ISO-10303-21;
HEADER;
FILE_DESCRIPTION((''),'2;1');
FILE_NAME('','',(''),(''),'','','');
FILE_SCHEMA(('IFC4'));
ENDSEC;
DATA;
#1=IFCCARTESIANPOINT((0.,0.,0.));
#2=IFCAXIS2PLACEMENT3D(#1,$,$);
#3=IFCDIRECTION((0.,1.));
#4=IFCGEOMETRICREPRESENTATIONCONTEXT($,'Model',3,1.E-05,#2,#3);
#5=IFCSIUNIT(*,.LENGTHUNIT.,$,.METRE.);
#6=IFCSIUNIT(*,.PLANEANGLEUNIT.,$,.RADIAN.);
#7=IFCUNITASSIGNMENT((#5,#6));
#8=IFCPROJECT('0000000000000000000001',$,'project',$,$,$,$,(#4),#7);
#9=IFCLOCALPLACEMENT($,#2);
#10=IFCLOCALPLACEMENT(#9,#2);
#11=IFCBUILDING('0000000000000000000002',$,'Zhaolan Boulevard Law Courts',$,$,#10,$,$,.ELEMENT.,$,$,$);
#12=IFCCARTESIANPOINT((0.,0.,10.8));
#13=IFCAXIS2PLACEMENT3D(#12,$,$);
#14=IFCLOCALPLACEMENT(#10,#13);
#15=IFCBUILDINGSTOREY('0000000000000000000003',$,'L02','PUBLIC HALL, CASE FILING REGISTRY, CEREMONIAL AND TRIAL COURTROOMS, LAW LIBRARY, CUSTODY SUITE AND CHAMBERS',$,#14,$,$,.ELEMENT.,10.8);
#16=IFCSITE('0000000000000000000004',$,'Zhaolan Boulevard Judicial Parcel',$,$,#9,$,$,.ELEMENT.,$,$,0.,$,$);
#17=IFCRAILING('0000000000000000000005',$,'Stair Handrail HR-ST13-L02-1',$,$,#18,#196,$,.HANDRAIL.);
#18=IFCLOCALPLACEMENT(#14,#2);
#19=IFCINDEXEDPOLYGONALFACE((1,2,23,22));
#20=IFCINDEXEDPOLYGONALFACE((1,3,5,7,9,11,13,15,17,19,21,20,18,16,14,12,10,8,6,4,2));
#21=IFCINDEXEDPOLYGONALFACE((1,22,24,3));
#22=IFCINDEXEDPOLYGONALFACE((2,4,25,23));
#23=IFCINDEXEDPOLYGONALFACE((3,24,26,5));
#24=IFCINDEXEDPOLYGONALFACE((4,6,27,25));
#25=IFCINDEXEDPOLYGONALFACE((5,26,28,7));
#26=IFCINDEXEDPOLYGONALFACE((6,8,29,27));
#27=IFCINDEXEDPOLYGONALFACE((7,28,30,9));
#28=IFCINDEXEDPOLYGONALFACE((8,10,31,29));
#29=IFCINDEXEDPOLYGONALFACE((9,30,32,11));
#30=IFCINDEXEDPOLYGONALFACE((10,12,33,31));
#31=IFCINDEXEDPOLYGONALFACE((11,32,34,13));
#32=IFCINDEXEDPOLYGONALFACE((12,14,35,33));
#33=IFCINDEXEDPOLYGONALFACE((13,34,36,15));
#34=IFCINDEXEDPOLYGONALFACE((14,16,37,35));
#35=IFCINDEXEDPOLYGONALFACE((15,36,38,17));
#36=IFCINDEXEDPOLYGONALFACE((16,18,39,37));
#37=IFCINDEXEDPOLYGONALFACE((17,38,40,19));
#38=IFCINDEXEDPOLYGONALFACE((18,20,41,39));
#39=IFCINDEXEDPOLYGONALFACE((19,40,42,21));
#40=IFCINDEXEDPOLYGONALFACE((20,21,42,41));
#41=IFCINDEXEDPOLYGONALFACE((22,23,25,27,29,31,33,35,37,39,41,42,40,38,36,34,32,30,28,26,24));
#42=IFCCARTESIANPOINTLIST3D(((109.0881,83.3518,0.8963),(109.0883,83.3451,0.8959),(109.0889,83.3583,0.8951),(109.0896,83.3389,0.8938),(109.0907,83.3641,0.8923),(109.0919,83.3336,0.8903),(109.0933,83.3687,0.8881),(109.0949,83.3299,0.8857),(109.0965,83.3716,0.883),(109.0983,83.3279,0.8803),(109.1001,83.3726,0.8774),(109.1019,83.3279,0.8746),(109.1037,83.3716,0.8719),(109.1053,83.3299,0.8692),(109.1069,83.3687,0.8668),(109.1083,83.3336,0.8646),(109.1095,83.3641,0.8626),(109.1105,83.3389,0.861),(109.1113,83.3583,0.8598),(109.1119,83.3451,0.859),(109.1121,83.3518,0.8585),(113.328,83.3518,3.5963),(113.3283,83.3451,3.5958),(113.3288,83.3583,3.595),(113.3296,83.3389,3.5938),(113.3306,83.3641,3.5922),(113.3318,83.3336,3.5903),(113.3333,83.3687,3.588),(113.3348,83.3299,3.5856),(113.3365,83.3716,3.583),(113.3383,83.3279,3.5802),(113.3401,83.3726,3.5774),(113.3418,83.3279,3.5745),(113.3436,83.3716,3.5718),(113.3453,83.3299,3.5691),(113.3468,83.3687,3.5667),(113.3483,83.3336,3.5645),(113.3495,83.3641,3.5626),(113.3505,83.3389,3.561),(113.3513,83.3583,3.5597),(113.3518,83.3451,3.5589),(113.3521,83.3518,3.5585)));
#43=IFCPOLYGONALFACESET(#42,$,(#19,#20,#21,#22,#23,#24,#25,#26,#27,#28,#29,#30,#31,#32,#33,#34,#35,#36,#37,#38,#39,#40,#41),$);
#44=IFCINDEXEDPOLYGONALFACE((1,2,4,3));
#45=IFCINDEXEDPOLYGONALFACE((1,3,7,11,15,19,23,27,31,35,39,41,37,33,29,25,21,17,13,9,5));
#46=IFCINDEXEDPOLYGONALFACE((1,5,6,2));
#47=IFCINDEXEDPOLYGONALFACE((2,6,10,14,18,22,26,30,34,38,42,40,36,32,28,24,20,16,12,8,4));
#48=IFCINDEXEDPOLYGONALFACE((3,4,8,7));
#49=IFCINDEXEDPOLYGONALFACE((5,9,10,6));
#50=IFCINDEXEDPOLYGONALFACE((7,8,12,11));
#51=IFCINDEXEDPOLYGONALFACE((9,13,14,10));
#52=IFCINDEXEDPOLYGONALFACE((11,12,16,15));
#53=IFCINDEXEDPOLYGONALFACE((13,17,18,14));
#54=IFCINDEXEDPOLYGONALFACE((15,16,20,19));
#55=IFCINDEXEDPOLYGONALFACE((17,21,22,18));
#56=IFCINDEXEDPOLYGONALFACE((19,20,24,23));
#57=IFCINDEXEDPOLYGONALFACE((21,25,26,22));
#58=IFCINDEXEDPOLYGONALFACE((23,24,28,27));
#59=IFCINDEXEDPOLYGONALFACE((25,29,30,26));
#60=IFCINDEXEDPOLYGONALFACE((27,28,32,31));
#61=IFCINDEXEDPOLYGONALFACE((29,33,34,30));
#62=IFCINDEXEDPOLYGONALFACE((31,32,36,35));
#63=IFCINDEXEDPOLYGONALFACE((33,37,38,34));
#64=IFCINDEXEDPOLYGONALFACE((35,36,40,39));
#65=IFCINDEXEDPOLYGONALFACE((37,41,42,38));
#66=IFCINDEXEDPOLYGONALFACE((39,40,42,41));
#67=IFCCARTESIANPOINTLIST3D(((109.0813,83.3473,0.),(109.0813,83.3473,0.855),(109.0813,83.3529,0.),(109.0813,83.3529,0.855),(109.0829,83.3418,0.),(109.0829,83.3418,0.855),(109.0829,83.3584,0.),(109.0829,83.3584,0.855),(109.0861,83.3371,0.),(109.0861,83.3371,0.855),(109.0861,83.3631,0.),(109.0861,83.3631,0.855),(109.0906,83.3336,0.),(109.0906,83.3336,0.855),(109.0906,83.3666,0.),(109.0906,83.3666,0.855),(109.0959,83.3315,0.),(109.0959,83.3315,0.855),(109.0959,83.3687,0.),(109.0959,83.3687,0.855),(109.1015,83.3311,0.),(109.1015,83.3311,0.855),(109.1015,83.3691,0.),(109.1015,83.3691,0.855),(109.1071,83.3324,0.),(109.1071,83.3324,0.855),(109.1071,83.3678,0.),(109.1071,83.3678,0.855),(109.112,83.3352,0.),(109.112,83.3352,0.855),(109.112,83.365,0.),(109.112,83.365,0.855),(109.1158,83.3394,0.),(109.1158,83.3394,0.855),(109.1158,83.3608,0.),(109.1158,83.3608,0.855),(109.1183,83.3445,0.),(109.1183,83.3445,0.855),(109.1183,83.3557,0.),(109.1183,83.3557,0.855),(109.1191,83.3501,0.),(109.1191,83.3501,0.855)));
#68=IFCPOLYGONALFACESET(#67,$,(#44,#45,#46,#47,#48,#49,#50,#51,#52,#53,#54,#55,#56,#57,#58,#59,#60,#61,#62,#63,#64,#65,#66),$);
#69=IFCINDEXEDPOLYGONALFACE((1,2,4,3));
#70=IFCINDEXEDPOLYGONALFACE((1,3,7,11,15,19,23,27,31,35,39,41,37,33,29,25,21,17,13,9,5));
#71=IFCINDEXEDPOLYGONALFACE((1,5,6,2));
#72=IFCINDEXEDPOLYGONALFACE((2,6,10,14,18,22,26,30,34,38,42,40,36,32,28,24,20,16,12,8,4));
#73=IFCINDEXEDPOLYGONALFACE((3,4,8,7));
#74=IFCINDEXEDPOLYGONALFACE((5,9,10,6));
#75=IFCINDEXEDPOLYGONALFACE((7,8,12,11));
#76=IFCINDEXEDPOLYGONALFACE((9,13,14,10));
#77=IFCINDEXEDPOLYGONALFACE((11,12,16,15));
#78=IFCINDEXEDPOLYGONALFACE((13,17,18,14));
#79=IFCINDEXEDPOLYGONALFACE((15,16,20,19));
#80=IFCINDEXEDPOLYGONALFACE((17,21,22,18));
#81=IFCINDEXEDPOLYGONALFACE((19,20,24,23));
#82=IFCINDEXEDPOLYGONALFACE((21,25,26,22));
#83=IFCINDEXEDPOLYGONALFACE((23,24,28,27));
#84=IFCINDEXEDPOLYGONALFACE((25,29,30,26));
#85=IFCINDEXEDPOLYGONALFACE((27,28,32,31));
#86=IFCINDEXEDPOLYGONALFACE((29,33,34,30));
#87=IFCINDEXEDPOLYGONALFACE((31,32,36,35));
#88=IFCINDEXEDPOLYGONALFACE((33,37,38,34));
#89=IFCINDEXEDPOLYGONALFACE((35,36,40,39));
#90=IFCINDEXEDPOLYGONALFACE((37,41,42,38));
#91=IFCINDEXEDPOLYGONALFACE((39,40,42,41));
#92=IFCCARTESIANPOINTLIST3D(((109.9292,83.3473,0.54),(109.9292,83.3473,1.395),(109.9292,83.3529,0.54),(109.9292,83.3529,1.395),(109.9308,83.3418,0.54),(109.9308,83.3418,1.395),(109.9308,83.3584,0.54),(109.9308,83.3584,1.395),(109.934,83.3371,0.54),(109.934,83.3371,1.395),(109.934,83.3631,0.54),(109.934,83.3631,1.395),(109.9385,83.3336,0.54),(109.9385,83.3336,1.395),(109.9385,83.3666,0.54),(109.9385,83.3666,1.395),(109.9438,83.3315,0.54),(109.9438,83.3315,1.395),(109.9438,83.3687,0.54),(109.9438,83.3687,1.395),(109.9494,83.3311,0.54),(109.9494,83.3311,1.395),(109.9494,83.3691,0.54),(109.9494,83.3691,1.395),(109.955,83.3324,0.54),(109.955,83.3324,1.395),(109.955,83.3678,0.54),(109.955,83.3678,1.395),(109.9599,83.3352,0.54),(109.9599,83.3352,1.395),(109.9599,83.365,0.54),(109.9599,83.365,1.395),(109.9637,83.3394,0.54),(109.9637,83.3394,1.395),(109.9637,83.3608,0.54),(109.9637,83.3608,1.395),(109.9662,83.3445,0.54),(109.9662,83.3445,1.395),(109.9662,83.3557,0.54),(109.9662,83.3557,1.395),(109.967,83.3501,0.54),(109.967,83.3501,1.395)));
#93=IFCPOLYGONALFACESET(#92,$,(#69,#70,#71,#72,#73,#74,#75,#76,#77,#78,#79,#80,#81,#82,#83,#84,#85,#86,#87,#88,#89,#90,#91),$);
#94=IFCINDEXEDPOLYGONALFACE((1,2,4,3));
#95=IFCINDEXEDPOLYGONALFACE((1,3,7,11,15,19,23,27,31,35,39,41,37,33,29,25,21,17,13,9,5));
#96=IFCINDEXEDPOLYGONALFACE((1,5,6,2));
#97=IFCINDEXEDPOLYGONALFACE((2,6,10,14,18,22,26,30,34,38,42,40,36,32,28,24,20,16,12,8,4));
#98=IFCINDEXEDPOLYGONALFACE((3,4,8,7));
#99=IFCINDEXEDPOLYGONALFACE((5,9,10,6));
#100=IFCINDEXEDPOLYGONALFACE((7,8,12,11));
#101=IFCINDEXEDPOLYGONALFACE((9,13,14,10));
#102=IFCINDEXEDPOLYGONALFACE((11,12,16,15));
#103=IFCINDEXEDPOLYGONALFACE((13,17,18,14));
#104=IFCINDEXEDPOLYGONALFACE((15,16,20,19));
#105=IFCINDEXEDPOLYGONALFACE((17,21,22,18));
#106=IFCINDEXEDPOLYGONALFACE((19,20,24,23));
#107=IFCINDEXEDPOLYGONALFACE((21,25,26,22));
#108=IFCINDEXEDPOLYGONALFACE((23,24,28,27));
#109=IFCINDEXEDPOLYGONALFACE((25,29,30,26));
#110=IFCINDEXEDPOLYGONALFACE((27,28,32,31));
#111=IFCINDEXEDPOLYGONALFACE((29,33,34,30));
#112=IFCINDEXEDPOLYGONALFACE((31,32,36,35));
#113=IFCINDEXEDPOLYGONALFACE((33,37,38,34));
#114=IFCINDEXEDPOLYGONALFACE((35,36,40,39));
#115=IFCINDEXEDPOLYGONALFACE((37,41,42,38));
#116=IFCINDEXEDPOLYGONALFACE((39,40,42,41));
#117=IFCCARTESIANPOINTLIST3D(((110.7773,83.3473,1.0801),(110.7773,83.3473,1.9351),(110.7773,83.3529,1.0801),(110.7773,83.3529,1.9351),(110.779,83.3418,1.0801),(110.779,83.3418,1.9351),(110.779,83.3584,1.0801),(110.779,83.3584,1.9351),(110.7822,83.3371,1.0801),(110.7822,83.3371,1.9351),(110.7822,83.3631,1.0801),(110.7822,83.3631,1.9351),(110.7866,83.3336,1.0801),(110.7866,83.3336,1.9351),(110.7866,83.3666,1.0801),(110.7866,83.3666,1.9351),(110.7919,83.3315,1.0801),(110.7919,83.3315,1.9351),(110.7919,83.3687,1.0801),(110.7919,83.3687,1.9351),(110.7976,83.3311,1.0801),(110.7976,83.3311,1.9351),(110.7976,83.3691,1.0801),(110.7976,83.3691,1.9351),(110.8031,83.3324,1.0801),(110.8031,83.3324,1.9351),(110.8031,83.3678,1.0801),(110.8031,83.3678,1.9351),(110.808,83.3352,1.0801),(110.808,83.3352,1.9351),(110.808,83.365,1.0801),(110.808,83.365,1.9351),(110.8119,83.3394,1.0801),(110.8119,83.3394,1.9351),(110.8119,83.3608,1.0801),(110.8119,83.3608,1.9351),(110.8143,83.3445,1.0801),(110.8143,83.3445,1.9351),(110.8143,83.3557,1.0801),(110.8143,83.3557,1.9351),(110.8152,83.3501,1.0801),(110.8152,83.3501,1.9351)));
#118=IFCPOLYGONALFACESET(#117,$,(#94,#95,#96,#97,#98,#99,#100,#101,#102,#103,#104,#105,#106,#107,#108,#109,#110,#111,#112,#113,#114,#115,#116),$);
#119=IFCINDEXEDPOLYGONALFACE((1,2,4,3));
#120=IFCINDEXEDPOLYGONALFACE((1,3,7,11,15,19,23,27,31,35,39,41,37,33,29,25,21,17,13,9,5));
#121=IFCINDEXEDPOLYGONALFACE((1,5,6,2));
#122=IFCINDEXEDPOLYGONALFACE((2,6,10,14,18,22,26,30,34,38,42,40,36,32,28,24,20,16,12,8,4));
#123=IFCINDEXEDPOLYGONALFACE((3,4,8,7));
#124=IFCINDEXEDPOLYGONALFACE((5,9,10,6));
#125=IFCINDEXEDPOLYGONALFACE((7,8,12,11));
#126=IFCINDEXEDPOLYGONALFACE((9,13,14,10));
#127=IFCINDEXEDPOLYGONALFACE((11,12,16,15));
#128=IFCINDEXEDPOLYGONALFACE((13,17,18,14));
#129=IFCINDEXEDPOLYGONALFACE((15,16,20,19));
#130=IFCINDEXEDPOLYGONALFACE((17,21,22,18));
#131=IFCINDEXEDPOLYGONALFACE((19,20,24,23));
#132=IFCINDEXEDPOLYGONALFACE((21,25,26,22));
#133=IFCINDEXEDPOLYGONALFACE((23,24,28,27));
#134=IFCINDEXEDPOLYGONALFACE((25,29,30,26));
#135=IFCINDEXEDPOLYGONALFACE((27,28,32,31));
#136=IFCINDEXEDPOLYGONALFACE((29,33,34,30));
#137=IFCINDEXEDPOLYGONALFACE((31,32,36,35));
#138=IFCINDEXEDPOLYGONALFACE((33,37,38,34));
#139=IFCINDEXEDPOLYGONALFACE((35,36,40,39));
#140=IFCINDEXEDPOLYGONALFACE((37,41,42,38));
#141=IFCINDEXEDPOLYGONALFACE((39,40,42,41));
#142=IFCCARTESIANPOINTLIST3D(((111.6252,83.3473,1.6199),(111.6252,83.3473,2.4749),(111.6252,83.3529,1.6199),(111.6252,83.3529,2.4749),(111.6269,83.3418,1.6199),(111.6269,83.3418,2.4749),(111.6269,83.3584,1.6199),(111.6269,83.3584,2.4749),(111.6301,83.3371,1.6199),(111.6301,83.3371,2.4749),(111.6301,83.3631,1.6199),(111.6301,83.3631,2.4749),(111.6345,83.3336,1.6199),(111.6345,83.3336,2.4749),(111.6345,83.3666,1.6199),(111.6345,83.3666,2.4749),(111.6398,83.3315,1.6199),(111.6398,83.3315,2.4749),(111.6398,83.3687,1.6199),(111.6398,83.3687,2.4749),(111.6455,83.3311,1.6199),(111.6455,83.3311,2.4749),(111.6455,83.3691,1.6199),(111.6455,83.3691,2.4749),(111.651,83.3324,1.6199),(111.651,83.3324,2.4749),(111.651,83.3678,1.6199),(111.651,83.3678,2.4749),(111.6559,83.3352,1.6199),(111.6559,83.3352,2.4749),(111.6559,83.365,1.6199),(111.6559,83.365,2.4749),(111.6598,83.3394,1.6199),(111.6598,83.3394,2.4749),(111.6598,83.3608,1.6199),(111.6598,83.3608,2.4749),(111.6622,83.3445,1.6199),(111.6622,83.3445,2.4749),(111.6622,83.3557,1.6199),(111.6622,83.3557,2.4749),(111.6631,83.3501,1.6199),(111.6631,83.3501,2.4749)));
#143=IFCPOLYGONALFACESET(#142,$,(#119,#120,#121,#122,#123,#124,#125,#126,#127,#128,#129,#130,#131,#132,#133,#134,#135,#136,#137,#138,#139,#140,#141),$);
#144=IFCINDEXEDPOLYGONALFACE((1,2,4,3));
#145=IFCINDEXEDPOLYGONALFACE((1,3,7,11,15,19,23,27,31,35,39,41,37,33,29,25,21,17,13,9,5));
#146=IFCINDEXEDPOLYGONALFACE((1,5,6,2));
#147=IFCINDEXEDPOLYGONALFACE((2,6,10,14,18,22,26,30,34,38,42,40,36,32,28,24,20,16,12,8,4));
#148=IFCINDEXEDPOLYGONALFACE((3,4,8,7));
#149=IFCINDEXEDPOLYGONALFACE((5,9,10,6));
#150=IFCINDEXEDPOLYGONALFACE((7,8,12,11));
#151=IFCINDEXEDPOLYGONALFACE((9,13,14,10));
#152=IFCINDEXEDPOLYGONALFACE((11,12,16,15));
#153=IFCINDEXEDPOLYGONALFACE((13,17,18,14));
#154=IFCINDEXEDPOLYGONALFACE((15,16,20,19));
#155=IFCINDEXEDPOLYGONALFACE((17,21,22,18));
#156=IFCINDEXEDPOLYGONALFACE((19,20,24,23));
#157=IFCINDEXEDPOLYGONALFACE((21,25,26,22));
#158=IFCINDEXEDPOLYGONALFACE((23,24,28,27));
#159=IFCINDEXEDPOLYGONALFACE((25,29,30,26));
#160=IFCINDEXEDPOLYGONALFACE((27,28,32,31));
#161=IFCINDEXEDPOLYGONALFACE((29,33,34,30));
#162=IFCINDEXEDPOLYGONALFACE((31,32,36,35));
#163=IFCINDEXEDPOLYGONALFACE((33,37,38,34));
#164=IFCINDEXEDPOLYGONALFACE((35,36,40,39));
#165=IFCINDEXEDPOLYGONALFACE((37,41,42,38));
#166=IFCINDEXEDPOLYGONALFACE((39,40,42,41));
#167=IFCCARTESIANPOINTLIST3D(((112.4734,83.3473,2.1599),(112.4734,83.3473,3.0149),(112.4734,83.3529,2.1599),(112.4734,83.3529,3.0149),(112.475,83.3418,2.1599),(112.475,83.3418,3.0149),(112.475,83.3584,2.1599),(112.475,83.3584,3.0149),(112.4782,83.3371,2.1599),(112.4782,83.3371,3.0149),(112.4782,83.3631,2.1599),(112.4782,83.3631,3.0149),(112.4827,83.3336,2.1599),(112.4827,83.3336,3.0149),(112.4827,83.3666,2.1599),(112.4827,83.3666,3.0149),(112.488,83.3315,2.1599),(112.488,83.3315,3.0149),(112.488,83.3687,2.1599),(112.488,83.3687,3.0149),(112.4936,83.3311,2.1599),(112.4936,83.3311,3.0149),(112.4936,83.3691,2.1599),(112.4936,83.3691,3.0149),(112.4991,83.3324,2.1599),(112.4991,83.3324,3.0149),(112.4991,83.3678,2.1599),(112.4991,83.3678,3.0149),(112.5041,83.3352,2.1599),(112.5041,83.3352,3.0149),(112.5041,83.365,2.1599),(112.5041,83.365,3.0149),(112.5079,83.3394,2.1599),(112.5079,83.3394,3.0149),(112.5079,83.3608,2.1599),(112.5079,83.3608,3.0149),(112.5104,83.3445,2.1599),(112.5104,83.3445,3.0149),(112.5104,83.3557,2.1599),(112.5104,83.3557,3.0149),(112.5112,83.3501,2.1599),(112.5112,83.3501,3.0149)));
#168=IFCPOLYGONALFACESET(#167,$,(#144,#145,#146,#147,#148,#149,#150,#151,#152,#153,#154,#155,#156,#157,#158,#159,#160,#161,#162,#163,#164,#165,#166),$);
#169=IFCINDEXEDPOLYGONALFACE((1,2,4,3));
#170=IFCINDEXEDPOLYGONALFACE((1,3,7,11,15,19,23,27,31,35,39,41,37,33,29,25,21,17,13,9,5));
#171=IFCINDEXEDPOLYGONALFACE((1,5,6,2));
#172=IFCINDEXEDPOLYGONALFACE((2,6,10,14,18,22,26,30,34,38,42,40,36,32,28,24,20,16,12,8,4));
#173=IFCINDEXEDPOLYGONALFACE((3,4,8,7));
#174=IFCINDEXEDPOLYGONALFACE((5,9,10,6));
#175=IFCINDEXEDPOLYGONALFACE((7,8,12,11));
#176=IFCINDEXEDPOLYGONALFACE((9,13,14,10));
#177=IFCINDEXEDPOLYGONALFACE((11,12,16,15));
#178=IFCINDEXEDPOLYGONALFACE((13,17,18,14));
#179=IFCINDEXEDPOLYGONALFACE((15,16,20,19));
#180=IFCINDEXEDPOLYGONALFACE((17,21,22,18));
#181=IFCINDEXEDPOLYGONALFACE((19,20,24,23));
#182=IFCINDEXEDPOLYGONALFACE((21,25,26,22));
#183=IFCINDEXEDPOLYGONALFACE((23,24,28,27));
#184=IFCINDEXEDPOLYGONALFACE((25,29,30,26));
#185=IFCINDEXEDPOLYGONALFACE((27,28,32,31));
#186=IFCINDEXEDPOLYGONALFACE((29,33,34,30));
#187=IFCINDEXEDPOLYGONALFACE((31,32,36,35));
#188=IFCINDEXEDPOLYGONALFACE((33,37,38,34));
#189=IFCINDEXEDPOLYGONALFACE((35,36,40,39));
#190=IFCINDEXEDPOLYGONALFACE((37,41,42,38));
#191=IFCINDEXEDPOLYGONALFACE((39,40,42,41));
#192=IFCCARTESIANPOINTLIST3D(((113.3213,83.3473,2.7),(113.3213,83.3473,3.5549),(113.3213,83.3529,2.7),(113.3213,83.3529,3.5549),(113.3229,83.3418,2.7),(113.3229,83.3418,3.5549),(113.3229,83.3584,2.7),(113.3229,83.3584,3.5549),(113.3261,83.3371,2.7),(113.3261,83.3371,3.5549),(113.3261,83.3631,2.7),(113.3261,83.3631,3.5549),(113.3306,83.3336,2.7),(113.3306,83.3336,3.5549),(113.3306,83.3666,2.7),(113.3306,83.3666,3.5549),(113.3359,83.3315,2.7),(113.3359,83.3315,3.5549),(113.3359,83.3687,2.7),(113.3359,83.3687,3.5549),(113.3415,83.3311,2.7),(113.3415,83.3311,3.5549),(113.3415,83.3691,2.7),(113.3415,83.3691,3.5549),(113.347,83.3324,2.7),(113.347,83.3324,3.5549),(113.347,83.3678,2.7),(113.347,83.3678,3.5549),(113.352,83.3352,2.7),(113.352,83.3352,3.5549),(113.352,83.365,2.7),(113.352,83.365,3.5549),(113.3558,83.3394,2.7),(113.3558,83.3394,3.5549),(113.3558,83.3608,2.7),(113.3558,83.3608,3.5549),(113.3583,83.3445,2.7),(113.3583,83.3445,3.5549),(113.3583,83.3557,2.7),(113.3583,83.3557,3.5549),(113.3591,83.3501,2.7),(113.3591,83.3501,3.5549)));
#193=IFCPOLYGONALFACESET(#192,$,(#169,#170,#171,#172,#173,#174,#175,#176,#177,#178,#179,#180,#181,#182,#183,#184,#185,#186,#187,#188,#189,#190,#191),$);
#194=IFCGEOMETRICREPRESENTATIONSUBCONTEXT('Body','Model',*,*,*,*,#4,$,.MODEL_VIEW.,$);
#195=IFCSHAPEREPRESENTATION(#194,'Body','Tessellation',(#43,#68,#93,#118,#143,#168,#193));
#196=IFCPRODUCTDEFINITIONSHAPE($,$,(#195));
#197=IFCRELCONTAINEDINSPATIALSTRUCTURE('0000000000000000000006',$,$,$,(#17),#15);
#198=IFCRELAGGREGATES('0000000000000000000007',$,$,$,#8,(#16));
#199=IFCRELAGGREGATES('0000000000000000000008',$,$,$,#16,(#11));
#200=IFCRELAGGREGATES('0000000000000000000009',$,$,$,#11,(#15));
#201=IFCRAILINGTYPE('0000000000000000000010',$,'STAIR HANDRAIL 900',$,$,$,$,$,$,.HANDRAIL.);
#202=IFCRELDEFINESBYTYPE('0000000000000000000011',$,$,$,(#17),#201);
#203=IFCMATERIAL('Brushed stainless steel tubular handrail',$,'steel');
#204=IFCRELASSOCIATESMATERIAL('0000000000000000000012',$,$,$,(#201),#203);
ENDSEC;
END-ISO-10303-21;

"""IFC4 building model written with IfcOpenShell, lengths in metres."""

from ifc_helpers import new_model, si_unit, direction, frame, origin, origin_2d, place, context, subcontext, project, spatial, circle, extrude, material, type_object, element, save


model = new_model("IFC4")

# Units and contexts
model_context = context("Model", 3, precision=1e-05, world=origin(), true_north=direction((0.0, 1.0)))
body_context = subcontext(model_context, "Body", "Model", "MODEL_VIEW")
ifc_project = project(units=[si_unit("LENGTHUNIT", "METRE"), si_unit("PLANEANGLEUNIT", "RADIAN")], contexts=[model_context])

# Site, building, storey
site_placement = place(None, origin())
site = spatial("IfcSite", under=ifc_project, at=site_placement, Name="Zhaolan Boulevard Judicial Parcel", CompositionType="ELEMENT", RefElevation=0.0)
building_placement = place(site_placement, origin())
building = spatial("IfcBuilding", under=site, at=building_placement, Name="Zhaolan Boulevard Law Courts", CompositionType="ELEMENT")
storey_placement = place(building_placement, frame((0.0, 0.0, 10.8)))
storey = spatial("IfcBuildingStorey", under=building, at=storey_placement, Name="L02", Description="PUBLIC HALL, CASE FILING REGISTRY, CEREMONIAL AND TRIAL COURTROOMS, LAW LIBRARY, CUSTODY SUITE AND CHAMBERS", CompositionType="ELEMENT", Elevation=10.8)

# Railing
ifc_material_1 = material(Name="Brushed stainless steel tubular handrail", Category="steel")
railing_type_1 = type_object("IfcRailingType", Name="STAIR HANDRAIL 900", PredefinedType="HANDRAIL", material=ifc_material_1)
railing_1_placement = place(storey_placement, frame((109.1001, 83.3501, 0.0)))
element("IfcRailing", 1, at=railing_1_placement, inside=storey, type_object=railing_type_1, Name="Stair Handrail HR-ST13-L02-1", PredefinedType="HANDRAIL", context=body_context, shape_type="SweptSolid", body=[
    extrude(circle(Radius=0.0225, at=origin_2d()), frame((0.0, 0.0, 0.8774), z_axis=(0.843501, 0.0, 0.537127), x_axis=(0.0, 1.0, 0.0)), (0.0, 0.0, 1.0), 5.0266),
    extrude(circle(Radius=0.019, at=origin_2d()), origin(), (0.0, 0.0, 1.0), 0.855),
    extrude(circle(Radius=0.019, at=origin_2d()), frame((0.8479, 0.0, 0.54)), (0.0, 0.0, 1.0), 0.855),
    extrude(circle(Radius=0.019, at=origin_2d()), frame((1.696, 0.0, 1.0801)), (0.0, 0.0, 1.0), 0.855),
    extrude(circle(Radius=0.019, at=origin_2d()), frame((2.5439, 0.0, 1.6199)), (0.0, 0.0, 1.0), 0.855),
    extrude(circle(Radius=0.019, at=origin_2d()), frame((3.3921, 0.0, 2.1599)), (0.0, 0.0, 1.0), 0.855),
    extrude(circle(Radius=0.019, at=origin_2d()), frame((4.24, 0.0, 2.7)), (0.0, 0.0, 1.0), 0.855),
])

save(model, "model.ifc")
